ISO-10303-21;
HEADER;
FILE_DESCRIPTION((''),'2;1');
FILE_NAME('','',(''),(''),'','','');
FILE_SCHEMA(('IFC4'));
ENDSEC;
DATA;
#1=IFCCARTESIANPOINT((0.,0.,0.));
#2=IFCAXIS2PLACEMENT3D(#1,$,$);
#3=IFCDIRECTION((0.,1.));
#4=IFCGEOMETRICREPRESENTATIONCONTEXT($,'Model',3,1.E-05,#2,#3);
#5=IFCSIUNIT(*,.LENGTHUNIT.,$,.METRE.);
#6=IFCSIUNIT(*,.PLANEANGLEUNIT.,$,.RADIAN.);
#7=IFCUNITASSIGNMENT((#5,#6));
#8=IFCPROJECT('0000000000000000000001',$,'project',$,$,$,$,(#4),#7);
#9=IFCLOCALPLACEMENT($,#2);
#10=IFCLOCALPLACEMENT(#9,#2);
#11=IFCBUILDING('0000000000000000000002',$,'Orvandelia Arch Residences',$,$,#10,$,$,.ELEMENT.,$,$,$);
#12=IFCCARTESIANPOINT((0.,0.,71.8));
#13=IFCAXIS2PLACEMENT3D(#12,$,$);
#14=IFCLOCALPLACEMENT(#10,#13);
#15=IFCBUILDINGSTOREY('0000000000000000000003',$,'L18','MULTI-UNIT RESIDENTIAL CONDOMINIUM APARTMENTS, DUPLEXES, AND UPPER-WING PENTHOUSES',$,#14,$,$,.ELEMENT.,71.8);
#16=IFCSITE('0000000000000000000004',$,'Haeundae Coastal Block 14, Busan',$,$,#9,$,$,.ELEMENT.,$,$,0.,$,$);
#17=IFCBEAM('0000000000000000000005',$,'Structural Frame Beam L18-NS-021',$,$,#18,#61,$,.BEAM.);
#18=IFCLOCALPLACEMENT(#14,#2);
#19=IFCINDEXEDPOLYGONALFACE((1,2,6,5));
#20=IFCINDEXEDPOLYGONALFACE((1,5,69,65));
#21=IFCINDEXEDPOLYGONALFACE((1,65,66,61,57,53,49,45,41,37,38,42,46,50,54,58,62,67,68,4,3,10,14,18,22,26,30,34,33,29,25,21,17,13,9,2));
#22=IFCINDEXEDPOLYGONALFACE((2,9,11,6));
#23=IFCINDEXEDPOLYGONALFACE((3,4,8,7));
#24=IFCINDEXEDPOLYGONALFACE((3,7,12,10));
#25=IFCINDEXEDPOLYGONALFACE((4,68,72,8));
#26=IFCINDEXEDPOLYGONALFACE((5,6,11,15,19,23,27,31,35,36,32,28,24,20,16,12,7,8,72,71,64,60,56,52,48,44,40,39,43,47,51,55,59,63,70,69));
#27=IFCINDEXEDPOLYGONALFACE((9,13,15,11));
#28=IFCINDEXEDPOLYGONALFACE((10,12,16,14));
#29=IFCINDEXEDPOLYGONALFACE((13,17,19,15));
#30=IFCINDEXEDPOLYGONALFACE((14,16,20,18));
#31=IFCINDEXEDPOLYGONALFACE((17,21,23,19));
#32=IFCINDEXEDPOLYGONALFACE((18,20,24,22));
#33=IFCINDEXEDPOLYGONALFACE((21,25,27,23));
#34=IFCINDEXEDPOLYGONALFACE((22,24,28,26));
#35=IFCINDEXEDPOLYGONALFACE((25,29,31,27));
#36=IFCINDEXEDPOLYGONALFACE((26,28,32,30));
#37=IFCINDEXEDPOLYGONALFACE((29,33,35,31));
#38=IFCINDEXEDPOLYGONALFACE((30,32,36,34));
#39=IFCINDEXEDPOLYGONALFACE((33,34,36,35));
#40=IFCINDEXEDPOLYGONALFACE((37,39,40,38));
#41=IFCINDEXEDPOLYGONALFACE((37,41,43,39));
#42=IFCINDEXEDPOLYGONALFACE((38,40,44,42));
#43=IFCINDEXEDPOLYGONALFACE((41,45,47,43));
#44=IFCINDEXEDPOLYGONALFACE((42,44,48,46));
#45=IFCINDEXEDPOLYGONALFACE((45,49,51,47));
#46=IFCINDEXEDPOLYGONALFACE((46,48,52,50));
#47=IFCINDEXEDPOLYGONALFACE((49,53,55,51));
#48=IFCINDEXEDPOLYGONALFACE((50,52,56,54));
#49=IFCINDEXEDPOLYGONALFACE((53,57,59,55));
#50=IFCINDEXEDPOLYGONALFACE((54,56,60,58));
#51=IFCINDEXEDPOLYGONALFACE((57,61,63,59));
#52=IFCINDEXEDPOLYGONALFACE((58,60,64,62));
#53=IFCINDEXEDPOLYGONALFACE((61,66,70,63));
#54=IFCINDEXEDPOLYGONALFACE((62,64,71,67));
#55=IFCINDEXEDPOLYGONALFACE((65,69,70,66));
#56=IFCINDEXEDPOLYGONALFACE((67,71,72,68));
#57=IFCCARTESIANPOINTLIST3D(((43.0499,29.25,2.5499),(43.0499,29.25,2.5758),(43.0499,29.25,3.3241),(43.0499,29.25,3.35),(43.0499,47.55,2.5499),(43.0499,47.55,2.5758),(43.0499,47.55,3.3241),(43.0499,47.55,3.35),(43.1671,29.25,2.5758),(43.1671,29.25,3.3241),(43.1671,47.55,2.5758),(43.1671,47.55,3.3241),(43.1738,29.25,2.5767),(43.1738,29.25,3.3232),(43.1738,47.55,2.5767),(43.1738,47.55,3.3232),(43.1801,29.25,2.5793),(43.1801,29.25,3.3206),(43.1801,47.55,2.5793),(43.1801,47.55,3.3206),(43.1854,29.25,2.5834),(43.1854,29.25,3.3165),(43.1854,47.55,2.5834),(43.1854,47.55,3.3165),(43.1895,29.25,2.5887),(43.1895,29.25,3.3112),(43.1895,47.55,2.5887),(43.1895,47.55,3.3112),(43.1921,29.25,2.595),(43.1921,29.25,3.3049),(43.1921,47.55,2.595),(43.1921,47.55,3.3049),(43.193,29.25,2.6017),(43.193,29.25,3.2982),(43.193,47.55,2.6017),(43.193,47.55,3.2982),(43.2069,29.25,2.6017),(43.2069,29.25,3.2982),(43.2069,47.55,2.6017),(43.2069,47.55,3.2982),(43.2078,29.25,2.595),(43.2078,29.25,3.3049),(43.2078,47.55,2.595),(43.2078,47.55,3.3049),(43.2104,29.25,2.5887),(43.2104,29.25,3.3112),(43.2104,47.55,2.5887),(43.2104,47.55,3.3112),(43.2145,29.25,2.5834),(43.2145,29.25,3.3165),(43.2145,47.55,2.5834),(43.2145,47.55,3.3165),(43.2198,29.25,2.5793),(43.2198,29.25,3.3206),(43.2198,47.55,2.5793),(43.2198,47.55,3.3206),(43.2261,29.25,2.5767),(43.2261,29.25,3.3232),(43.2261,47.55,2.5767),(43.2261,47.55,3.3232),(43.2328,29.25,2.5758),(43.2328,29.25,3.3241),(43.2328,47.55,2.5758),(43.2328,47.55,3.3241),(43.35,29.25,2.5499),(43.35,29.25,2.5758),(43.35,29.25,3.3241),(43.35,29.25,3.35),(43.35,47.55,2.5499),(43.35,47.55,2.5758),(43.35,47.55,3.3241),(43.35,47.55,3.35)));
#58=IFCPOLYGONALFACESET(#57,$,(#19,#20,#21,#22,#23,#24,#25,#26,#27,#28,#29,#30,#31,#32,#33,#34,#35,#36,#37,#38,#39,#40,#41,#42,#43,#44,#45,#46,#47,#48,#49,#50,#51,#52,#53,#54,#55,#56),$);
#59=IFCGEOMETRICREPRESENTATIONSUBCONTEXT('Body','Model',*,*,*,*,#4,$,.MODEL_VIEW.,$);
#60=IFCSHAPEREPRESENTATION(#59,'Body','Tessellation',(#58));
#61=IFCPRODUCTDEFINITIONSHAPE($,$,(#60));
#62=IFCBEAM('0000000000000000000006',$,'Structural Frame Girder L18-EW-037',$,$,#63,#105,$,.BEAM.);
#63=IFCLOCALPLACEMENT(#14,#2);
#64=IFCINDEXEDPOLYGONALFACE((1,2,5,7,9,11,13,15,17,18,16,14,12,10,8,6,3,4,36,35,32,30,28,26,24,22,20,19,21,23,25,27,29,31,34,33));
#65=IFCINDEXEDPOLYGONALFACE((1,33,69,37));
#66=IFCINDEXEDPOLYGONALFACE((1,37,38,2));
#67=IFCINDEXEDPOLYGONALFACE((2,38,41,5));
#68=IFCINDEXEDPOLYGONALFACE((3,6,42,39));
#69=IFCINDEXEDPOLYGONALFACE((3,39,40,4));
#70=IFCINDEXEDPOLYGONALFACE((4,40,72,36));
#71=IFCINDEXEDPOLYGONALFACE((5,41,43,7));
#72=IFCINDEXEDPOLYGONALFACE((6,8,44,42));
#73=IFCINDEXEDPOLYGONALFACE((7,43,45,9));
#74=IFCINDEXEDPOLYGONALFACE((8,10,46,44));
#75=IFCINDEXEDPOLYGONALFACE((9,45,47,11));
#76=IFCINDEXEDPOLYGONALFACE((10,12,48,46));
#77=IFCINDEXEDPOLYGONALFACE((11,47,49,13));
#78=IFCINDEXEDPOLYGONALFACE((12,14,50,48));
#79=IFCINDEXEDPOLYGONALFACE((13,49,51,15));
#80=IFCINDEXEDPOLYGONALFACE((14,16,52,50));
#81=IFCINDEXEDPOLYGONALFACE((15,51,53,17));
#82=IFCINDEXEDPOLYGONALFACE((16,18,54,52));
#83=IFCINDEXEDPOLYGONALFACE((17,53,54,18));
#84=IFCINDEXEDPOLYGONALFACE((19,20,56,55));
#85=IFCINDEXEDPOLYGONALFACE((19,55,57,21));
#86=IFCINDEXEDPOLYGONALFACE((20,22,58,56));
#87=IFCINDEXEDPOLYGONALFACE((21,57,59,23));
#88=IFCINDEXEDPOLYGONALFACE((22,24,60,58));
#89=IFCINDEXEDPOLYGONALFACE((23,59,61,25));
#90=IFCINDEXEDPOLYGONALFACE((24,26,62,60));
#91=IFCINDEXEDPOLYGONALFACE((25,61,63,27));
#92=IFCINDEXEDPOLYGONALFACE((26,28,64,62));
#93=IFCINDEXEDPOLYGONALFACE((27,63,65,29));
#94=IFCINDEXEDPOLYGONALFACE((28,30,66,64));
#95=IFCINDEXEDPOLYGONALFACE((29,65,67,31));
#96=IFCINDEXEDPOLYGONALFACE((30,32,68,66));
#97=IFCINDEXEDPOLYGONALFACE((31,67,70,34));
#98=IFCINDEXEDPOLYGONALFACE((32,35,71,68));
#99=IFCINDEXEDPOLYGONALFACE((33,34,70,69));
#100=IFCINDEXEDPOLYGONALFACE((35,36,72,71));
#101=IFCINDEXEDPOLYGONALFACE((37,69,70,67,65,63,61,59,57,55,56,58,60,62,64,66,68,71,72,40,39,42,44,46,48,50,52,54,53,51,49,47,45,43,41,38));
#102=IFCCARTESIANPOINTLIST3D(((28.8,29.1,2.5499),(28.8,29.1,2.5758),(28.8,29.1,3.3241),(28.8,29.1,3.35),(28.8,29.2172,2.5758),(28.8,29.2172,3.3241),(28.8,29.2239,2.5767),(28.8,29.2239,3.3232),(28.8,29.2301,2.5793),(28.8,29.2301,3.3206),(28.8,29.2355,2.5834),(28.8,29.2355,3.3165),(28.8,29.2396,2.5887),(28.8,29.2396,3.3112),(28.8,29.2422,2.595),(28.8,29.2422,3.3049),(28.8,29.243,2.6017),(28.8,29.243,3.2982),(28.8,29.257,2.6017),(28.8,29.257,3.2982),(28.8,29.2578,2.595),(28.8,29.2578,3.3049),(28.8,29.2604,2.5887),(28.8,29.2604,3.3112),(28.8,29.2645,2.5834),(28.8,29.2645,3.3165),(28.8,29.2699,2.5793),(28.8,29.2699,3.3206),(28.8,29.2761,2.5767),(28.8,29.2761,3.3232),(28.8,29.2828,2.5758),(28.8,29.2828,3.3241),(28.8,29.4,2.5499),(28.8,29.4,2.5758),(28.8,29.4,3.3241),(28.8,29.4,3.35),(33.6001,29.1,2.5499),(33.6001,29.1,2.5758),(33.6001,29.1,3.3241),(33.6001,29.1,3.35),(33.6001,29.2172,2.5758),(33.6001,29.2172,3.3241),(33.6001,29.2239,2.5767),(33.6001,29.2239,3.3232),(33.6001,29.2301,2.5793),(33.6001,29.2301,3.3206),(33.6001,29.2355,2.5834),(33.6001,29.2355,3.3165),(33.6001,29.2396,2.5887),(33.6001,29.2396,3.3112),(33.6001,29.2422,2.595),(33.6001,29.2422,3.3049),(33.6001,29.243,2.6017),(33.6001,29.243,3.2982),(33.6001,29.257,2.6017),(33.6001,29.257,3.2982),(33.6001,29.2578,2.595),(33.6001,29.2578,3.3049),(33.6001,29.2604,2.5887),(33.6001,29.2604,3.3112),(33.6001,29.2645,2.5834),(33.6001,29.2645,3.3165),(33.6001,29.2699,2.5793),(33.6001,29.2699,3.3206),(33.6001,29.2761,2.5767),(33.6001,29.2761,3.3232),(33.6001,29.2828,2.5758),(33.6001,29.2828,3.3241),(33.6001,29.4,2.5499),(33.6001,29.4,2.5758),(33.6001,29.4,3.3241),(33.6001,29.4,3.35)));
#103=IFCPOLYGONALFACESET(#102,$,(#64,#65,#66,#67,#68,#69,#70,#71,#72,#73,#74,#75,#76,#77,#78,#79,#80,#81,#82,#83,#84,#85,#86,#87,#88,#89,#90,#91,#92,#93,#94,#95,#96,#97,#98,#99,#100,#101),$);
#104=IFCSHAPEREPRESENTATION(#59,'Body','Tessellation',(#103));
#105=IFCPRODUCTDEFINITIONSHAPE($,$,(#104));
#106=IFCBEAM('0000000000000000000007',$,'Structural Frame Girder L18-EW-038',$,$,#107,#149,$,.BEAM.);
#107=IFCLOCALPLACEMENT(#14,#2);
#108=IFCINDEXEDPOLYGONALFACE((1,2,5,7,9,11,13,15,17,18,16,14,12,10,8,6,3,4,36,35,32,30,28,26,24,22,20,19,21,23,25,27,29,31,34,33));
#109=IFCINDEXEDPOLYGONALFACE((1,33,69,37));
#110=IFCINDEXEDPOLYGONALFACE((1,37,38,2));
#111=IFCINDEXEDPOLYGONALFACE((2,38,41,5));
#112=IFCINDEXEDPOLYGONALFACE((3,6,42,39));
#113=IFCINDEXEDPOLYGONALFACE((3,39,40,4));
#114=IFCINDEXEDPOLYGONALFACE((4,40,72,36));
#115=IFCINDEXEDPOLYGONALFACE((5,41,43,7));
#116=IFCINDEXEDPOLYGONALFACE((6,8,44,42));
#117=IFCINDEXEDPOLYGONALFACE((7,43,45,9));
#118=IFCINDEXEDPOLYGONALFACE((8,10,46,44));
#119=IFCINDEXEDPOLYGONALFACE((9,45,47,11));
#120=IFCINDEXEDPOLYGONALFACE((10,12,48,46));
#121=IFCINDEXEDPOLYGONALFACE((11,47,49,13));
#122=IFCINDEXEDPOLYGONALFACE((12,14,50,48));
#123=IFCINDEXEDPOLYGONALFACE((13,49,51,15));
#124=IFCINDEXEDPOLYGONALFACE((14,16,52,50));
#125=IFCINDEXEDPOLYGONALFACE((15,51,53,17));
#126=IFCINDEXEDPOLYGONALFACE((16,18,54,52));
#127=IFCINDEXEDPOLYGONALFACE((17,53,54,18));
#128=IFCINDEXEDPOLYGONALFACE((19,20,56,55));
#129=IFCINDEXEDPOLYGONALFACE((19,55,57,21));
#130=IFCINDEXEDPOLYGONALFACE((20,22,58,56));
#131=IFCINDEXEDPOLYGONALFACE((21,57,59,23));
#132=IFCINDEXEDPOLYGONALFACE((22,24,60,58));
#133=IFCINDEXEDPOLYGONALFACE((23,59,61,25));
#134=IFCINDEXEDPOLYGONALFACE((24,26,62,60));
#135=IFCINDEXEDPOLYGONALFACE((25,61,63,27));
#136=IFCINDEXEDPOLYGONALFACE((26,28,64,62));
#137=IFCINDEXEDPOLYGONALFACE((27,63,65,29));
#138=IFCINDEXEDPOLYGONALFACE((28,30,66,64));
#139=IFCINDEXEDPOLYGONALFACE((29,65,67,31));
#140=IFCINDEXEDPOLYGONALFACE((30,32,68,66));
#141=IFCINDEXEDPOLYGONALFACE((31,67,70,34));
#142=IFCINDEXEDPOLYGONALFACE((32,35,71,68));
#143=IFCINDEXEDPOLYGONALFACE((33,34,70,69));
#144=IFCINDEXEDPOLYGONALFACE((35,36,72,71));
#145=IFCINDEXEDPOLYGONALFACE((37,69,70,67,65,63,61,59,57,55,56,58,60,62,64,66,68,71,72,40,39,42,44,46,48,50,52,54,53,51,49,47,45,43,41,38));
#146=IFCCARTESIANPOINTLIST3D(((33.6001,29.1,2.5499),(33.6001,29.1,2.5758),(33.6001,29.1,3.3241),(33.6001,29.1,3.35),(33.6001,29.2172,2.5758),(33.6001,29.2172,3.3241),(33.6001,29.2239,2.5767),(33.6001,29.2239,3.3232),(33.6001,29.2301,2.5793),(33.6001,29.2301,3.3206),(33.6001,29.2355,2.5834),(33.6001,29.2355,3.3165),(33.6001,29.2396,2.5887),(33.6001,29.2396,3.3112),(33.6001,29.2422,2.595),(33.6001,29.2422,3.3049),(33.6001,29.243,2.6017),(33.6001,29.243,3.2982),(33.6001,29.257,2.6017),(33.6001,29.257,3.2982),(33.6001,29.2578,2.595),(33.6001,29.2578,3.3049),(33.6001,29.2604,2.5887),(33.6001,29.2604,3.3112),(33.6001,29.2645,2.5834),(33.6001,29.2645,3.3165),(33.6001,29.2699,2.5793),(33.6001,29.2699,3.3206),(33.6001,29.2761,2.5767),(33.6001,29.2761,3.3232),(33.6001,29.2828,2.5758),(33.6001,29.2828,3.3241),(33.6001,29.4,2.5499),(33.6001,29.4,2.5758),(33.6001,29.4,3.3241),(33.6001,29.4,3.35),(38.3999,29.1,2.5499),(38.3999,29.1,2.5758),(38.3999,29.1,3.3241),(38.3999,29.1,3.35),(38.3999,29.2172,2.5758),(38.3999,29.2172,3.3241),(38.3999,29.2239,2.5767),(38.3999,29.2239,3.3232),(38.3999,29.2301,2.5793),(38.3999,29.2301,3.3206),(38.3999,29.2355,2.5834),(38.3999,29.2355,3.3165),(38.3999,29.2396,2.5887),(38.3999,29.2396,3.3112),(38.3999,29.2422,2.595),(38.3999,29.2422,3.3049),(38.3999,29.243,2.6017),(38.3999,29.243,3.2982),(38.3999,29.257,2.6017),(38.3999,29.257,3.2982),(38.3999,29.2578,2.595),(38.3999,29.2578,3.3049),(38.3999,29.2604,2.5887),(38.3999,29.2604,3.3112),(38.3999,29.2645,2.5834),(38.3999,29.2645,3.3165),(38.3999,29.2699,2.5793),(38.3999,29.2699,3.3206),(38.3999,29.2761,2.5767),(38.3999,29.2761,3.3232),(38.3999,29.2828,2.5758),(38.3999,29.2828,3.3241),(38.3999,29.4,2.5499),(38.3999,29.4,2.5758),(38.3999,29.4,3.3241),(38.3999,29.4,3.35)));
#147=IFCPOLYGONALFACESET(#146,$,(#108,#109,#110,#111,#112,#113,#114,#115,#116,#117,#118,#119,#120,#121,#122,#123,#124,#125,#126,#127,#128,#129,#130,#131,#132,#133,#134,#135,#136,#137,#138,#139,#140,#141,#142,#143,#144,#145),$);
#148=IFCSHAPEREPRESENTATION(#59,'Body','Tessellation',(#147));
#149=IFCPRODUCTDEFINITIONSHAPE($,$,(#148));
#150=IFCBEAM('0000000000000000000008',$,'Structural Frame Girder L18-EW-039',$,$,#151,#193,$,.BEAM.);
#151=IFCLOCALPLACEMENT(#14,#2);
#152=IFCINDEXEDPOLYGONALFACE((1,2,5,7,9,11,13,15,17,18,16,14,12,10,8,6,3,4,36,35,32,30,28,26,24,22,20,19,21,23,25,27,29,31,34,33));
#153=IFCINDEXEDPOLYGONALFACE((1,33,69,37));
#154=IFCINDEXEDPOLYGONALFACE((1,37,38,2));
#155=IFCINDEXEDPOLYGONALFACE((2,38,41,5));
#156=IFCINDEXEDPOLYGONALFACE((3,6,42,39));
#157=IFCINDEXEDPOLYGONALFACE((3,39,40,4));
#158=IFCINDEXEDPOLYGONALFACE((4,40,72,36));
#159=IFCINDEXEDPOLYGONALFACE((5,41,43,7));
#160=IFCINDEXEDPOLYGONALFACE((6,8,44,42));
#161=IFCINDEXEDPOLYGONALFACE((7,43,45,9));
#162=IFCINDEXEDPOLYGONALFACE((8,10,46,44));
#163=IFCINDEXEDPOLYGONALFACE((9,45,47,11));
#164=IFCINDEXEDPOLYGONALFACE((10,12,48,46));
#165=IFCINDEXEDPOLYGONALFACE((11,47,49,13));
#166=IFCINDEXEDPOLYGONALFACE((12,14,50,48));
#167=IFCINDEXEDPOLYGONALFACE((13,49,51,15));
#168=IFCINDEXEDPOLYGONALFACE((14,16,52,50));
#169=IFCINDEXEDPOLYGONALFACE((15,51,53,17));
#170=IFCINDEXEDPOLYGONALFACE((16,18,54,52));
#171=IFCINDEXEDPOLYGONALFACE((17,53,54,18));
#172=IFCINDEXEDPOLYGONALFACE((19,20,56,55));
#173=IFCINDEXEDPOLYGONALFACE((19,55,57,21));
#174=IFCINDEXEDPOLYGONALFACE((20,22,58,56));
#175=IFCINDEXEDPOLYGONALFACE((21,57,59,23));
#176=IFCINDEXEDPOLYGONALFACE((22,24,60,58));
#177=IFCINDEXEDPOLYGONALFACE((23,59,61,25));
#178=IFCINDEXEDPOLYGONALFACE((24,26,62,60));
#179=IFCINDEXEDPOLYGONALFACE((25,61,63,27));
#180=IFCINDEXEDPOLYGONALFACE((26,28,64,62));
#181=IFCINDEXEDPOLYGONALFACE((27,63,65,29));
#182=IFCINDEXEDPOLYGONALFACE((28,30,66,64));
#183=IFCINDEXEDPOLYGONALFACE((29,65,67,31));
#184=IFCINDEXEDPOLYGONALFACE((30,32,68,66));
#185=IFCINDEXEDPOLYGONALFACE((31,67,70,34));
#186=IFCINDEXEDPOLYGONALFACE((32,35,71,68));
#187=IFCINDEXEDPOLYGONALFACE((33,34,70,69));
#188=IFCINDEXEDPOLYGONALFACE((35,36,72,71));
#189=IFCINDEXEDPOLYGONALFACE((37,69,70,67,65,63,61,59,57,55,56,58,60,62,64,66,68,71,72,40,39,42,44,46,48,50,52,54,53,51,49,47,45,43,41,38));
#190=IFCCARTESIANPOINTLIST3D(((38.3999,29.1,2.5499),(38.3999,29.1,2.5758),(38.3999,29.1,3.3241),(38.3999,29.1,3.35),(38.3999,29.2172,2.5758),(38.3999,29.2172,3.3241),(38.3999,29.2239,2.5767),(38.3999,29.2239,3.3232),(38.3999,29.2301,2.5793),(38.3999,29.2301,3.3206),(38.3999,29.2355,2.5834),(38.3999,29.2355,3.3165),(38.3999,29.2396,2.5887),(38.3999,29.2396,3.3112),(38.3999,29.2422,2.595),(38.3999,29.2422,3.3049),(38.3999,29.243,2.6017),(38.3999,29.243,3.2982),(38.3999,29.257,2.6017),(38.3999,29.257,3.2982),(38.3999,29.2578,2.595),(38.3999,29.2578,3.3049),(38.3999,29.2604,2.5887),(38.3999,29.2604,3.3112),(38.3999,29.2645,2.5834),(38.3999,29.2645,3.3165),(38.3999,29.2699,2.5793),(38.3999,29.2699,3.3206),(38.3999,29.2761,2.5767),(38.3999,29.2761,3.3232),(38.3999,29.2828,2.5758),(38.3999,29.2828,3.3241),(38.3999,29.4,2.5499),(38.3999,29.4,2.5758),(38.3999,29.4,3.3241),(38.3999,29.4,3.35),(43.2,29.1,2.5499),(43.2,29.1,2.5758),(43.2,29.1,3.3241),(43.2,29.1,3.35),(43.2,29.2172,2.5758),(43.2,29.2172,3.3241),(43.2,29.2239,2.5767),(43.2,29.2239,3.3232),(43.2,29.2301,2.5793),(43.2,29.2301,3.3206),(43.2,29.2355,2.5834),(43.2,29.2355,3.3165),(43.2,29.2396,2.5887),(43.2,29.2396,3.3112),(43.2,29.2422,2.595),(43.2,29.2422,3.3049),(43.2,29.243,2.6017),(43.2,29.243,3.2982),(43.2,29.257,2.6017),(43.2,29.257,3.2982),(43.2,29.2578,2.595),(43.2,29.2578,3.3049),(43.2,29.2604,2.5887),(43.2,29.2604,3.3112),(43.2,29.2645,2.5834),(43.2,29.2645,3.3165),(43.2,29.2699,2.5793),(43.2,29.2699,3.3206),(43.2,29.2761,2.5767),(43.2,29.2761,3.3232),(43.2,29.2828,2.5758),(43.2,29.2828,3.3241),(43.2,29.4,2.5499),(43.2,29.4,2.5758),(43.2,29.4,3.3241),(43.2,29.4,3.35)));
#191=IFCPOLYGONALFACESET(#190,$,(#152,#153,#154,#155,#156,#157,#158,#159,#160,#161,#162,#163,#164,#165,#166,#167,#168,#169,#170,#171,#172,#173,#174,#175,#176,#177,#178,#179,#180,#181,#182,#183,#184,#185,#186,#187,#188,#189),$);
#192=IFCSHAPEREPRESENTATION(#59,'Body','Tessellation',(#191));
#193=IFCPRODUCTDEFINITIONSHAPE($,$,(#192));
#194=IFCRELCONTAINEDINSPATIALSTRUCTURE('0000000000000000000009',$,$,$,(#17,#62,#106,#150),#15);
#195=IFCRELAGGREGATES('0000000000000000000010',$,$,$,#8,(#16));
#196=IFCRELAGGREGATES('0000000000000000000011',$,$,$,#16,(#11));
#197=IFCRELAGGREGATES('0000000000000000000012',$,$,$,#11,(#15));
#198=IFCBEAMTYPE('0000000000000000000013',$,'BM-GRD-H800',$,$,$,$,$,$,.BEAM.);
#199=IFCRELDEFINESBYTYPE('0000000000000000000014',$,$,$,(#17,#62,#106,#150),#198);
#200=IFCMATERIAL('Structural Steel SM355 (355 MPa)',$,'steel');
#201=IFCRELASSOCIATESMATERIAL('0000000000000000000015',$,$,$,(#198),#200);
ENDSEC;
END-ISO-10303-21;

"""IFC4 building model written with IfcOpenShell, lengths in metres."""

from ifc_helpers import new_model, si_unit, direction, frame, origin, origin_2d, place, context, subcontext, project, spatial, i_section, extrude, material, material_profile, profile_set, type_object, element, save


model = new_model("IFC4")

# Units and contexts
model_context = context("Model", 3, precision=1e-05, world=origin(), true_north=direction((0.0, 1.0)))
body_context = subcontext(model_context, "Body", "Model", "MODEL_VIEW")
ifc_project = project(units=[si_unit("LENGTHUNIT", "METRE"), si_unit("PLANEANGLEUNIT", "RADIAN")], contexts=[model_context])

# Site, building, storey
site_placement = place(None, origin())
site = spatial("IfcSite", under=ifc_project, at=site_placement, Name="Haeundae Coastal Block 14, Busan", CompositionType="ELEMENT", RefElevation=0.0)
building_placement = place(site_placement, origin())
building = spatial("IfcBuilding", under=site, at=building_placement, Name="Orvandelia Arch Residences", CompositionType="ELEMENT")
storey_placement = place(building_placement, frame((0.0, 0.0, 71.8)))
storey = spatial("IfcBuildingStorey", under=building, at=storey_placement, Name="L18", Description="MULTI-UNIT RESIDENTIAL CONDOMINIUM APARTMENTS, DUPLEXES, AND UPPER-WING PENTHOUSES", CompositionType="ELEMENT", Elevation=71.8)

# Beams
ifc_material_1 = material(Name="Structural Steel SM355 (355 MPa)", Category="steel")
ifc_material_profile_1 = material_profile(ifc_material_1, i_section(OverallWidth=0.3, OverallDepth=0.8, WebThickness=0.0139, FlangeThickness=0.0259, FilletRadius=0.0259, at=origin_2d()), Name="Structural Steel SM355 (355 MPa)", Category="steel")
ifc_profile_set_1 = profile_set([ifc_material_profile_1], Name="Structural Steel SM355 (355 MPa)")
beam_type = type_object("IfcBeamType", Name="BM-GRD-H800", PredefinedType="BEAM", material=ifc_profile_set_1)
for number, where, z_axis, x_axis, name in (
    (1, (43.2, 29.25, 2.95), (0.0, 1.0, 0.0), (-1.0, 0.0, 0.0), "Structural Frame Beam L18-NS-021"),
):
    element("IfcBeam", number, at=place(storey_placement, frame(where, z_axis=z_axis, x_axis=x_axis)), inside=storey, type_object=beam_type, Name=name, PredefinedType="BEAM", context=body_context, shape_type="SweptSolid", body=[
        extrude(i_section(OverallWidth=0.3, OverallDepth=0.8, WebThickness=0.0139, FlangeThickness=0.0259, FilletRadius=0.0259, at=origin_2d()), origin(), (0.0, 0.0, 1.0), 18.3),
    ])
beam_1_placement = place(storey_placement, frame((28.8, 29.25, 2.95), z_axis=(1.0, 0.0, 0.0), x_axis=(0.0, 1.0, 0.0)))
element("IfcBeam", 2, at=beam_1_placement, inside=storey, type_object=beam_type, Name="Structural Frame Girder L18-EW-037", PredefinedType="BEAM", context=body_context, shape_type="SweptSolid", body=[
    extrude(i_section(OverallWidth=0.3, OverallDepth=0.8, WebThickness=0.0139, FlangeThickness=0.0259, FilletRadius=0.0259, at=origin_2d()), origin(), (0.0, 0.0, 1.0), 4.8),
])
beam_2_placement = place(storey_placement, frame((33.6001, 29.25, 2.95), z_axis=(1.0, 0.0, 0.0), x_axis=(0.0, 1.0, 0.0)))
element("IfcBeam", 3, at=beam_2_placement, inside=storey, type_object=beam_type, Name="Structural Frame Girder L18-EW-038", PredefinedType="BEAM", context=body_context, shape_type="SweptSolid", body=[
    extrude(i_section(OverallWidth=0.3, OverallDepth=0.8, WebThickness=0.0139, FlangeThickness=0.0259, FilletRadius=0.0259, at=origin_2d()), origin(), (0.0, 0.0, 1.0), 4.7998),
])
for number, where, z_axis, x_axis, name in (
    (4, (38.3999, 29.25, 2.95), (1.0, 0.0, 0.0), (0.0, 1.0, 0.0), "Structural Frame Girder L18-EW-039"),
):
    element("IfcBeam", number, at=place(storey_placement, frame(where, z_axis=z_axis, x_axis=x_axis)), inside=storey, type_object=beam_type, Name=name, PredefinedType="BEAM", context=body_context, shape_type="SweptSolid", body=[
        extrude(i_section(OverallWidth=0.3, OverallDepth=0.8, WebThickness=0.0139, FlangeThickness=0.0259, FilletRadius=0.0259, at=origin_2d()), origin(), (0.0, 0.0, 1.0), 4.8),
    ])

save(model, "model.ifc")
